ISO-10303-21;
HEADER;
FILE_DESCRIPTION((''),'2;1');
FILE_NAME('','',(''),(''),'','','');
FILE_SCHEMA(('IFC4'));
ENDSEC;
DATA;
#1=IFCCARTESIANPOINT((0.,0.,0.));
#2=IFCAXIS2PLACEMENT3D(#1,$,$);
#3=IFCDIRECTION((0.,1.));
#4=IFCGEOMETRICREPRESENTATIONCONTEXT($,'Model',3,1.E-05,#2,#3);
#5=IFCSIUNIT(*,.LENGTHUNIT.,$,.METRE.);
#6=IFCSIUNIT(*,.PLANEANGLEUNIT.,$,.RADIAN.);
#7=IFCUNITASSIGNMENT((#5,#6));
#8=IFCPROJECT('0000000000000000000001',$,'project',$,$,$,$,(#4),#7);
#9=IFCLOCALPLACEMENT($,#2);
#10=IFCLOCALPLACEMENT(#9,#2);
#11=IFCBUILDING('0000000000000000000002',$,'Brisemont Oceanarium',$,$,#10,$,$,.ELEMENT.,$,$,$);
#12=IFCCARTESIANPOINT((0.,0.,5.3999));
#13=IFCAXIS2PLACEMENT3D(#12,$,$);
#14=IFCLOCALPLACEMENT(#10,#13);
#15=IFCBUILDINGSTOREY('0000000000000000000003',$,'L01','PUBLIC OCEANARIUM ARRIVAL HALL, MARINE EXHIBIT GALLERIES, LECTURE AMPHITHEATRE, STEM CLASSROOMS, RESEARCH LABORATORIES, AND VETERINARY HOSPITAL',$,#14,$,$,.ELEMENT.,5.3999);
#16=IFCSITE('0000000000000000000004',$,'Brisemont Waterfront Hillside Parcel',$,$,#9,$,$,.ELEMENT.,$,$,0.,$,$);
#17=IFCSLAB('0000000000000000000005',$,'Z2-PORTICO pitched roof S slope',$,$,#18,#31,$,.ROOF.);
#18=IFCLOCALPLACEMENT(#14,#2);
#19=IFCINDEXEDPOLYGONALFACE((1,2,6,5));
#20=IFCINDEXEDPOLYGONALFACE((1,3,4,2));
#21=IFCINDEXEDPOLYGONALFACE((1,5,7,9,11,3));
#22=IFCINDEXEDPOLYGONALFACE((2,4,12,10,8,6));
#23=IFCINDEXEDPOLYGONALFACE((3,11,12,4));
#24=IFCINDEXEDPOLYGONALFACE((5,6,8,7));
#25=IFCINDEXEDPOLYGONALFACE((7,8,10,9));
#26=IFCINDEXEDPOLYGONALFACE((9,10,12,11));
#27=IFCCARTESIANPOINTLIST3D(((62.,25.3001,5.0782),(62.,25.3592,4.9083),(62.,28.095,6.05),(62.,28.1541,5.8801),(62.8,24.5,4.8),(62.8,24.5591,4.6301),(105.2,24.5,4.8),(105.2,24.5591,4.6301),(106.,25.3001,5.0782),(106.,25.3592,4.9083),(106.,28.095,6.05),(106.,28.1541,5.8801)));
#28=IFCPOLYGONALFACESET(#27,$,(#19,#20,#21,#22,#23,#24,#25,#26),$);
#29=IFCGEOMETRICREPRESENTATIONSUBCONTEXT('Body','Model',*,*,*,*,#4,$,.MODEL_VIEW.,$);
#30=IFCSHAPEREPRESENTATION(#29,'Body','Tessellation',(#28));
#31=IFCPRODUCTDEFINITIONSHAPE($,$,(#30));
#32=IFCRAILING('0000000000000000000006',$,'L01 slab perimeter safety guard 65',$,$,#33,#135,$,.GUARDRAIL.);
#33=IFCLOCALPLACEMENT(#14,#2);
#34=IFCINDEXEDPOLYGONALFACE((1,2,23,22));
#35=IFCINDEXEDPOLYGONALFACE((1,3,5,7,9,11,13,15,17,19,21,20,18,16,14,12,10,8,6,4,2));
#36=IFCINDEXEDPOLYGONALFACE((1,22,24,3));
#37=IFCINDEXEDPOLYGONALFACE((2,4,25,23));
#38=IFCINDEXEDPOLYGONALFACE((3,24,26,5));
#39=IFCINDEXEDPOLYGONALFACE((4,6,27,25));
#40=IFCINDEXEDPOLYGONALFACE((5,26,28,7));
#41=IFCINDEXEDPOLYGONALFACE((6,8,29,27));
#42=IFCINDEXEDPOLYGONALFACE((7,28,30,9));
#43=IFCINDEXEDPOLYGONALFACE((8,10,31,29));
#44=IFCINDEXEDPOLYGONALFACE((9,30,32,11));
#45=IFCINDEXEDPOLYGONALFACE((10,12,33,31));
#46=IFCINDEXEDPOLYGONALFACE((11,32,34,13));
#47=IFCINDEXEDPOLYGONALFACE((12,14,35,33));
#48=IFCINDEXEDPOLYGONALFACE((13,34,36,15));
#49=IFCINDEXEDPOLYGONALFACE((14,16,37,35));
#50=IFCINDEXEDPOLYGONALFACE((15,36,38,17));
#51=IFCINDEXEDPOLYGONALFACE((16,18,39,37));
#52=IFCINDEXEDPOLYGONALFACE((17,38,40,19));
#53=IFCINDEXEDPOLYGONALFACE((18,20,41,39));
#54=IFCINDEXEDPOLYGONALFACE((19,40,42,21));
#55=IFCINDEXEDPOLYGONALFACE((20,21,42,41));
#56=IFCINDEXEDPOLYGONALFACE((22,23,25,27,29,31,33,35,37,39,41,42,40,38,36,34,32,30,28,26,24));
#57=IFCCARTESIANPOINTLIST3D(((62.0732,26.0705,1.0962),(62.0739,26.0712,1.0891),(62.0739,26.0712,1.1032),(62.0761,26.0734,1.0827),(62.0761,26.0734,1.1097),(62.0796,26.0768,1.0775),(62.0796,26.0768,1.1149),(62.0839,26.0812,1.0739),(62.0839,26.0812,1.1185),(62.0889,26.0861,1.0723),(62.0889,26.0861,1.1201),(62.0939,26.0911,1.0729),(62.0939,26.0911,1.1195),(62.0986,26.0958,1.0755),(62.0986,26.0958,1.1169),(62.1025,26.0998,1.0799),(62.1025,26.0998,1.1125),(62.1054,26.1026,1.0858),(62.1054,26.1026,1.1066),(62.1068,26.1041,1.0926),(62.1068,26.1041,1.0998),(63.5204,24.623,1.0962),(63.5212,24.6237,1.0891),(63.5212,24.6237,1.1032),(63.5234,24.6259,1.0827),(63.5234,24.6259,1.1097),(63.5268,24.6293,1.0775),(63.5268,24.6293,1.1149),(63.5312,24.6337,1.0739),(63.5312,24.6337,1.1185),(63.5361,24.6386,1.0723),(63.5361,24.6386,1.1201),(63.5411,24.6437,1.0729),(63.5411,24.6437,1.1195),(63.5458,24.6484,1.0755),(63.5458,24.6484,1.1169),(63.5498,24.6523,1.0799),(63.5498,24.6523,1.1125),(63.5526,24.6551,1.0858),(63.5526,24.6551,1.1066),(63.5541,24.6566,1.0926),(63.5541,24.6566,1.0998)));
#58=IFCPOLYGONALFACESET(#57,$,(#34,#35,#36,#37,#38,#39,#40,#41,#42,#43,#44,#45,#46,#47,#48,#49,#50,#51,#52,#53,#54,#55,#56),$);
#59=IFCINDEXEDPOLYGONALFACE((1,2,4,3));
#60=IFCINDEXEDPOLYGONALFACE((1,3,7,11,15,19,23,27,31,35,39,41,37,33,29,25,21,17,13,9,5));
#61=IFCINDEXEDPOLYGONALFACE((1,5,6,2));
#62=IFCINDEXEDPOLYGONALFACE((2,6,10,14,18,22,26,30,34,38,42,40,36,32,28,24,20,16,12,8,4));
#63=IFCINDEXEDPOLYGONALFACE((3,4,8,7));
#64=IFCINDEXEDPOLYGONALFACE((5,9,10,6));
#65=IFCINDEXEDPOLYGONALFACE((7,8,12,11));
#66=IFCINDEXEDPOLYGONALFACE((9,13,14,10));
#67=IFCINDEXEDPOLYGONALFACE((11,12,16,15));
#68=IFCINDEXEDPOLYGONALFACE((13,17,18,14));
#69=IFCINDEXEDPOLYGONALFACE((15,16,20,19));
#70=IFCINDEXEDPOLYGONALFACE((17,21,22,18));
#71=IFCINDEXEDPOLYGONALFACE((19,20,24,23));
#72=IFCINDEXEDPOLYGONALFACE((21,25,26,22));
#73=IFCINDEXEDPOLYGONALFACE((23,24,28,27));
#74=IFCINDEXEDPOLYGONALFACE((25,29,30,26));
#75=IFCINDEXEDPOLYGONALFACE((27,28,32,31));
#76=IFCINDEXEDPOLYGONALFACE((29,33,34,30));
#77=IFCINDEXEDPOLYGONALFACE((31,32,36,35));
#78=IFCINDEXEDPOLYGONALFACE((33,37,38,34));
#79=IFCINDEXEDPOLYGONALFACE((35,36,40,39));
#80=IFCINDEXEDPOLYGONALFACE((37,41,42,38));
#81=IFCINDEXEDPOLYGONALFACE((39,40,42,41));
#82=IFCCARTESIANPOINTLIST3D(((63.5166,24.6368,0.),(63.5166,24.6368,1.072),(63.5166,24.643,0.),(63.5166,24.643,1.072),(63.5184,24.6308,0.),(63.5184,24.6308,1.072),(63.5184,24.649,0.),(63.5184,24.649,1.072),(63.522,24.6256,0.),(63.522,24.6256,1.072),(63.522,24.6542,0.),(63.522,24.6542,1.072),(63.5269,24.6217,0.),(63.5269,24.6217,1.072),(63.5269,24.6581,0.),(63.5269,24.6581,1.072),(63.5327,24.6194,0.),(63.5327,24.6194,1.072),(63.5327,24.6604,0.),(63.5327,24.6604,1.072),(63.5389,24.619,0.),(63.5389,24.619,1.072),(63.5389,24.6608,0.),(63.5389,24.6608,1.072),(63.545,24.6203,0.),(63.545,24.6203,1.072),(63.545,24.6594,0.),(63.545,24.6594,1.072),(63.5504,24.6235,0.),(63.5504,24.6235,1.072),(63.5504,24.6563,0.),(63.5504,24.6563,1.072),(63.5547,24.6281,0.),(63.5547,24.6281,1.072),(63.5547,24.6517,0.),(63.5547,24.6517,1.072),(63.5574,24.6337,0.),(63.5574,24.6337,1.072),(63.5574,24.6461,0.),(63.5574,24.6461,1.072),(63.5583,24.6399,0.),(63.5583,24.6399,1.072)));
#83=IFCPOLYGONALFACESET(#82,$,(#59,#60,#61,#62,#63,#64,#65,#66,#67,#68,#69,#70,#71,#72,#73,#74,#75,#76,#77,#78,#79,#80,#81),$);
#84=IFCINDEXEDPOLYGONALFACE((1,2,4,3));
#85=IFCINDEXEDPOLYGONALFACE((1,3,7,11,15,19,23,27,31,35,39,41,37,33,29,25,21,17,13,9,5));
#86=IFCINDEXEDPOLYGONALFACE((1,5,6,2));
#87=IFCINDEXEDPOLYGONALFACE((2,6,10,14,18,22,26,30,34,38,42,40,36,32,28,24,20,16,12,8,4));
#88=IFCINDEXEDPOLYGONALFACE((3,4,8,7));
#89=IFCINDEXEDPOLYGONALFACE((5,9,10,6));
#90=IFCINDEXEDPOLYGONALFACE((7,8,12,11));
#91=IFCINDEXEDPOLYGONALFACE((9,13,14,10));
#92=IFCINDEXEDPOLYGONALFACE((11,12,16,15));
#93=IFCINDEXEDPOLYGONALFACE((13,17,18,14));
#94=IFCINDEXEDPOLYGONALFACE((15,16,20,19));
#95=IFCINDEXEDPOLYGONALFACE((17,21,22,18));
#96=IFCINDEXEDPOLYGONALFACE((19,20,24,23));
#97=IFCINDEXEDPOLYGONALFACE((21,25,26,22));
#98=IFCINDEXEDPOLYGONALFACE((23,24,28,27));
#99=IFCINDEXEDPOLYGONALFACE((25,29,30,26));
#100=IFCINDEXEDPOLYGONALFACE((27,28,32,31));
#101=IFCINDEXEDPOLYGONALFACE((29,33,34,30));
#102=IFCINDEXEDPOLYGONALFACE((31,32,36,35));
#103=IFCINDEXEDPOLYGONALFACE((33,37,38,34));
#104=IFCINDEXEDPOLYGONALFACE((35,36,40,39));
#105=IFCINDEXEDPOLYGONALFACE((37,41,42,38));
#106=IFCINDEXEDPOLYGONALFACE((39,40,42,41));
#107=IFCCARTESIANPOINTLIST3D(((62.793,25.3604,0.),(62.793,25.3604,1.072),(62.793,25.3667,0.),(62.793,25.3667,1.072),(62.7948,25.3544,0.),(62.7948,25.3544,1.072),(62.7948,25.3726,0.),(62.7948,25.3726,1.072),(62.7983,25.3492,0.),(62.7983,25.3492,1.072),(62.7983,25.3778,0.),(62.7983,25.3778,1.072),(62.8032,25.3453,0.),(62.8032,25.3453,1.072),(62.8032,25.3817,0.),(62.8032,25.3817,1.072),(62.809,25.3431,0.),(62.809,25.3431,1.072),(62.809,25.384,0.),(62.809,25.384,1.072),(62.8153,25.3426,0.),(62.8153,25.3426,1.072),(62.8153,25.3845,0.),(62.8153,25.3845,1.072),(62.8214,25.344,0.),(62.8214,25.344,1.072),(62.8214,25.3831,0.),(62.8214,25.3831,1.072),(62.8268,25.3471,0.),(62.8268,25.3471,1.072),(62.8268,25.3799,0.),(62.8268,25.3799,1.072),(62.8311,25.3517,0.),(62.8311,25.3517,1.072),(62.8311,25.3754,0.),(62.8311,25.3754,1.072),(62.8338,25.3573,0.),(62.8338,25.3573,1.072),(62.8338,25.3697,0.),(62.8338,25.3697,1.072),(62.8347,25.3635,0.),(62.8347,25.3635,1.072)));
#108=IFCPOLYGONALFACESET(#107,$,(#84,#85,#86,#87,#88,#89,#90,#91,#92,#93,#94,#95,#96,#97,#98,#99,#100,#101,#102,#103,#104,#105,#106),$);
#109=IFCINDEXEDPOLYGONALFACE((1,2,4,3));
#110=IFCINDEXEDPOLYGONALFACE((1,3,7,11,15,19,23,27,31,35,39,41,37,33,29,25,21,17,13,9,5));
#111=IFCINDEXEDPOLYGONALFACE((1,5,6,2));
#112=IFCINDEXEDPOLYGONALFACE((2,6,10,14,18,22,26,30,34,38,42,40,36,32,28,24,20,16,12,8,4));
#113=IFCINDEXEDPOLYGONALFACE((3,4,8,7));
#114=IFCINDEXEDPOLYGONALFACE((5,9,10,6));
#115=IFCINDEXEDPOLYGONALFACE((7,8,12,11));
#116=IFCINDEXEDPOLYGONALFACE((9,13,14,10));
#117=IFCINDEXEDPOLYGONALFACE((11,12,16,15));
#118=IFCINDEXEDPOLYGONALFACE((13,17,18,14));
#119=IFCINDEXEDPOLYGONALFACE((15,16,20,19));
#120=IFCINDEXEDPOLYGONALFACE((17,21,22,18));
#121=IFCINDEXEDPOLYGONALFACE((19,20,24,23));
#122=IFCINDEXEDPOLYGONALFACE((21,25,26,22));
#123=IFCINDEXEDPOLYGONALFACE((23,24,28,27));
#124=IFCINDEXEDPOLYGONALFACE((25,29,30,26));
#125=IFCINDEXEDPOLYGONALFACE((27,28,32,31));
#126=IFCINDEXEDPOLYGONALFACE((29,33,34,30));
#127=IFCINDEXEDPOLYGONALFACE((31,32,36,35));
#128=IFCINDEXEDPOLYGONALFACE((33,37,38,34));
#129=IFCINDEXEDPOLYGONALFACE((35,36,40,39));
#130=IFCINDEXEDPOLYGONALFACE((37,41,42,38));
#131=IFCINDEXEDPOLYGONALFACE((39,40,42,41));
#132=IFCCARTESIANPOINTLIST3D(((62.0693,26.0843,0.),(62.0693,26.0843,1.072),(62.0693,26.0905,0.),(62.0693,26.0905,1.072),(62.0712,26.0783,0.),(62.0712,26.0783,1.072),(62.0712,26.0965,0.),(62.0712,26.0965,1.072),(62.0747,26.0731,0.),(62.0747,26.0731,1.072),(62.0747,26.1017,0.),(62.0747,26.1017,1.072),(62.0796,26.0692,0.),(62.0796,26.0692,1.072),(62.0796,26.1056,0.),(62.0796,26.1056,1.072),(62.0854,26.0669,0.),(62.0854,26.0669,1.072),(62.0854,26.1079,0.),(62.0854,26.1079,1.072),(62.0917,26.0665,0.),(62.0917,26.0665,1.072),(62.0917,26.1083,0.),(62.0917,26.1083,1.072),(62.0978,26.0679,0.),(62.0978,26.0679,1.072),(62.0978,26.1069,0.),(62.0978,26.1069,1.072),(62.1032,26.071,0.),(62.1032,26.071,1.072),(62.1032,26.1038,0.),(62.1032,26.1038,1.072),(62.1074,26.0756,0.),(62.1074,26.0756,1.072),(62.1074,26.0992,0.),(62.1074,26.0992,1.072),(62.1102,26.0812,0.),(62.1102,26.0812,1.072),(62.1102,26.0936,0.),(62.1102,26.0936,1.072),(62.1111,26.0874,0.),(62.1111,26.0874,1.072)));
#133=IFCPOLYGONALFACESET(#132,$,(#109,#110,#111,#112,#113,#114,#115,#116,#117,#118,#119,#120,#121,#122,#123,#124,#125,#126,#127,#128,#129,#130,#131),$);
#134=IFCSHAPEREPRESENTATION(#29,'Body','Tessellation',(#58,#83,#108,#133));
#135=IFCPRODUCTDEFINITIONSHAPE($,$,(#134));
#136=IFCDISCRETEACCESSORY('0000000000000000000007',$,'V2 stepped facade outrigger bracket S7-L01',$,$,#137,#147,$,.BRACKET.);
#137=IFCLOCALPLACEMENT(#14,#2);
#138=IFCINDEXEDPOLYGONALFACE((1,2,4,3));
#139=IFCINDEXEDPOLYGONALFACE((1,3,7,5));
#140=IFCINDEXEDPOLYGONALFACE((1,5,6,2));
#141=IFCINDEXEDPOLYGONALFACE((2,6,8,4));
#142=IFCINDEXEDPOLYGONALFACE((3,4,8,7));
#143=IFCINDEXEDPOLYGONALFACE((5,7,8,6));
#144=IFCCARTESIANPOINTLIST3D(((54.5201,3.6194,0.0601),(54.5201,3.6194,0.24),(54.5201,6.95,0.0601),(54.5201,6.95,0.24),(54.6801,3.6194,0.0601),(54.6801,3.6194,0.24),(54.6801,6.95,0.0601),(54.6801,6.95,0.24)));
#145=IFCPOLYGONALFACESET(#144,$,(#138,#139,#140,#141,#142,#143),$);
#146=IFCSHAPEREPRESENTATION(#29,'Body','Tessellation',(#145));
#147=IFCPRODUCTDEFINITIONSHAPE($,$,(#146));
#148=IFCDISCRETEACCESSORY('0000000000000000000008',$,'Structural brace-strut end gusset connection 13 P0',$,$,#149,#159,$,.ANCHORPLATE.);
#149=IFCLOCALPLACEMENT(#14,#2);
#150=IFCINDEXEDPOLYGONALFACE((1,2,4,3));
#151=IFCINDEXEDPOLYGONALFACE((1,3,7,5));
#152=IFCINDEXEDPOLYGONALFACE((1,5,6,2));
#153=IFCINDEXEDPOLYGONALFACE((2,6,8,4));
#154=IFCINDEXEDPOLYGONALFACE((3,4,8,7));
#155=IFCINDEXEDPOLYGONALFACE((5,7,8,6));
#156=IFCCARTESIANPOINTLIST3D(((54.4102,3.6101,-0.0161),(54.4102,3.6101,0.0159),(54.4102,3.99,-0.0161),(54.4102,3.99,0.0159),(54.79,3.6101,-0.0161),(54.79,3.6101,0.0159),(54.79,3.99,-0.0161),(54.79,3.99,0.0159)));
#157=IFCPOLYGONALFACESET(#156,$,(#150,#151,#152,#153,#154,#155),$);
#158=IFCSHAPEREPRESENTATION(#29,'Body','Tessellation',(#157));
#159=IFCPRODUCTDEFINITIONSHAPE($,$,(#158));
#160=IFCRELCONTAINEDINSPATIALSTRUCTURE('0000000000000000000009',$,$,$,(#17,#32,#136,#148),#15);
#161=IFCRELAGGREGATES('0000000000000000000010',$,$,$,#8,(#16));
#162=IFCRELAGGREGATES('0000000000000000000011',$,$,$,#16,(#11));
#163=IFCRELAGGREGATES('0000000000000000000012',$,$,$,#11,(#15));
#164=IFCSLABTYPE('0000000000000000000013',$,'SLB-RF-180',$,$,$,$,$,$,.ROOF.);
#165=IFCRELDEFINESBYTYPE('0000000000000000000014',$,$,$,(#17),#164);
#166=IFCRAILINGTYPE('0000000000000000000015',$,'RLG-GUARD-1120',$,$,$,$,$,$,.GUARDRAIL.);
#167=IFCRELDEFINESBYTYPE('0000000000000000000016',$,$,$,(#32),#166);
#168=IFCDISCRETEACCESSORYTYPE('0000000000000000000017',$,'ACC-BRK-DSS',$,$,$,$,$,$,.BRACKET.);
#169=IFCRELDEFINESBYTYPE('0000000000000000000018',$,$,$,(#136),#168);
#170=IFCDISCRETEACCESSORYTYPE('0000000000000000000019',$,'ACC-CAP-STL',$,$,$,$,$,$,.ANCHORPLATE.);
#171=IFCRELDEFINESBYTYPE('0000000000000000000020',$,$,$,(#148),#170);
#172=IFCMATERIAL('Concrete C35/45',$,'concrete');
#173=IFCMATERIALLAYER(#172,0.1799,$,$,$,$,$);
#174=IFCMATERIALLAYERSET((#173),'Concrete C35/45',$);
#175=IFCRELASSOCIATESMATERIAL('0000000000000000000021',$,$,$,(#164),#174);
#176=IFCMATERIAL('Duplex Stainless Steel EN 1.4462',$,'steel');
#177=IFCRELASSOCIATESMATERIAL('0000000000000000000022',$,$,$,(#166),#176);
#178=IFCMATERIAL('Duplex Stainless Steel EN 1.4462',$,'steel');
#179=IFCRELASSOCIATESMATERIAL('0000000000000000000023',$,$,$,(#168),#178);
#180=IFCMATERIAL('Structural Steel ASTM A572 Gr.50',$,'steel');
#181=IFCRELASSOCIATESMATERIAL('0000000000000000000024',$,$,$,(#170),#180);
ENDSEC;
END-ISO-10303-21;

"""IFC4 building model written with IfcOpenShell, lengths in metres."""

from ifc_helpers import new_model, si_unit, direction, frame, origin, origin_2d, place, context, subcontext, project, spatial, polyline, rectangle, circle, outline, extrude, material, layer, layer_set, type_object, element, save


model = new_model("IFC4")

# Units and contexts
model_context = context("Model", 3, precision=1e-05, world=origin(), true_north=direction((0.0, 1.0)))
body_context = subcontext(model_context, "Body", "Model", "MODEL_VIEW")
ifc_project = project(units=[si_unit("LENGTHUNIT", "METRE"), si_unit("PLANEANGLEUNIT", "RADIAN")], contexts=[model_context])

# Site, building, storey
site_placement = place(None, origin())
site = spatial("IfcSite", under=ifc_project, at=site_placement, Name="Brisemont Waterfront Hillside Parcel", CompositionType="ELEMENT", RefElevation=0.0)
building_placement = place(site_placement, origin())
building = spatial("IfcBuilding", under=site, at=building_placement, Name="Brisemont Oceanarium", CompositionType="ELEMENT")
storey_placement = place(building_placement, frame((0.0, 0.0, 5.3999)))
storey = spatial("IfcBuildingStorey", under=building, at=storey_placement, Name="L01", Description="PUBLIC OCEANARIUM ARRIVAL HALL, MARINE EXHIBIT GALLERIES, LECTURE AMPHITHEATRE, STEM CLASSROOMS, RESEARCH LABORATORIES, AND VETERINARY HOSPITAL", CompositionType="ELEMENT", Elevation=5.3999)

# Slab
ifc_material_1 = material(Name="Concrete C35/45", Category="concrete")
ifc_layer_1 = layer(ifc_material_1, 0.1799)
ifc_layer_set_1 = layer_set([ifc_layer_1], Name="Concrete C35/45")
slab_type = type_object("IfcSlabType", Name="SLB-RF-180", PredefinedType="ROOF", material=ifc_layer_set_1)
slab_placement = place(storey_placement, frame((62.8, 24.5, 4.8), z_axis=(0.0, -0.328421, 0.944532), x_axis=(1.0, 0.0, 0.0)))
element("IfcSlab", 1, at=slab_placement, inside=storey, type_object=slab_type, Name="Z2-PORTICO pitched roof S slope", PredefinedType="ROOF", context=body_context, shape_type="SweptSolid", body=[
    extrude(outline(polyline([(0.0, 0.0), (42.3999, 0.0), (43.2, 0.8471), (43.2, 3.8061), (-0.8, 3.8061), (-0.8, 0.8471), (0.0, 0.0)])), origin(), (0.0, 0.0, -1.0), 0.1799),
])

# Railing
ifc_material_2 = material(Name="Duplex Stainless Steel EN 1.4462", Category="steel")
railing_type_1 = type_object("IfcRailingType", Name="RLG-GUARD-1120", PredefinedType="GUARDRAIL", material=ifc_material_2)
railing_1_placement = place(storey_placement, frame((63.5374, 24.6399, 0.0)))
element("IfcRailing", 2, at=railing_1_placement, inside=storey, type_object=railing_type_1, Name="L01 slab perimeter safety guard 65", PredefinedType="GUARDRAIL", context=body_context, shape_type="SweptSolid", body=[
    extrude(circle(Radius=0.0239, at=origin_2d()), frame((0.0, 0.0, 1.0962), z_axis=(-0.707047, 0.707166, 0.0), x_axis=(-0.707166, -0.707047, 0.0)), (0.0, 0.0, 1.0), 2.0469),
    extrude(circle(Radius=0.021, at=origin_2d()), origin(), (0.0, 0.0, 1.0), 1.072),
    extrude(circle(Radius=0.021, at=origin_2d()), frame((-0.7236, 0.7236, 0.0)), (0.0, 0.0, 1.0), 1.072),
    extrude(circle(Radius=0.021, at=origin_2d()), frame((-1.4473, 1.4475, 0.0)), (0.0, 0.0, 1.0), 1.072),
])

# Discrete accessories
ifc_material_3 = material(Name="Duplex Stainless Steel EN 1.4462", Category="steel")
discrete_accessory_type_1 = type_object("IfcDiscreteAccessoryType", Name="ACC-BRK-DSS", PredefinedType="BRACKET", material=ifc_material_3)
discrete_accessory_1_placement = place(storey_placement, frame((54.6001, 5.2847, 0.0601), z_axis=(0.0, 0.0, 1.0), x_axis=(1.0, 0.0, 0.0)))
element("IfcDiscreteAccessory", 3, at=discrete_accessory_1_placement, inside=storey, type_object=discrete_accessory_type_1, Name="V2 stepped facade outrigger bracket S7-L01", PredefinedType="BRACKET", context=body_context, shape_type="SweptSolid", body=[
    extrude(rectangle(XDim=0.1599, YDim=3.3306, at=origin_2d()), origin(), (0.0, 0.0, 1.0), 0.1799),
])
ifc_material_4 = material(Name="Structural Steel ASTM A572 Gr.50", Category="steel")
discrete_accessory_type_2 = type_object("IfcDiscreteAccessoryType", Name="ACC-CAP-STL", PredefinedType="ANCHORPLATE", material=ifc_material_4)
discrete_accessory_2_placement = place(storey_placement, frame((54.6001, 3.8, -0.0161), z_axis=(0.0, 0.0, 1.0), x_axis=(1.0, 0.0, 0.0)))
element("IfcDiscreteAccessory", 4, at=discrete_accessory_2_placement, inside=storey, type_object=discrete_accessory_type_2, Name="Structural brace-strut end gusset connection 13 P0", PredefinedType="ANCHORPLATE", context=body_context, shape_type="SweptSolid", body=[
    extrude(rectangle(XDim=0.3799, YDim=0.3799, at=origin_2d()), origin(), (0.0, 0.0, 1.0), 0.032),
])

save(model, "model.ifc")
